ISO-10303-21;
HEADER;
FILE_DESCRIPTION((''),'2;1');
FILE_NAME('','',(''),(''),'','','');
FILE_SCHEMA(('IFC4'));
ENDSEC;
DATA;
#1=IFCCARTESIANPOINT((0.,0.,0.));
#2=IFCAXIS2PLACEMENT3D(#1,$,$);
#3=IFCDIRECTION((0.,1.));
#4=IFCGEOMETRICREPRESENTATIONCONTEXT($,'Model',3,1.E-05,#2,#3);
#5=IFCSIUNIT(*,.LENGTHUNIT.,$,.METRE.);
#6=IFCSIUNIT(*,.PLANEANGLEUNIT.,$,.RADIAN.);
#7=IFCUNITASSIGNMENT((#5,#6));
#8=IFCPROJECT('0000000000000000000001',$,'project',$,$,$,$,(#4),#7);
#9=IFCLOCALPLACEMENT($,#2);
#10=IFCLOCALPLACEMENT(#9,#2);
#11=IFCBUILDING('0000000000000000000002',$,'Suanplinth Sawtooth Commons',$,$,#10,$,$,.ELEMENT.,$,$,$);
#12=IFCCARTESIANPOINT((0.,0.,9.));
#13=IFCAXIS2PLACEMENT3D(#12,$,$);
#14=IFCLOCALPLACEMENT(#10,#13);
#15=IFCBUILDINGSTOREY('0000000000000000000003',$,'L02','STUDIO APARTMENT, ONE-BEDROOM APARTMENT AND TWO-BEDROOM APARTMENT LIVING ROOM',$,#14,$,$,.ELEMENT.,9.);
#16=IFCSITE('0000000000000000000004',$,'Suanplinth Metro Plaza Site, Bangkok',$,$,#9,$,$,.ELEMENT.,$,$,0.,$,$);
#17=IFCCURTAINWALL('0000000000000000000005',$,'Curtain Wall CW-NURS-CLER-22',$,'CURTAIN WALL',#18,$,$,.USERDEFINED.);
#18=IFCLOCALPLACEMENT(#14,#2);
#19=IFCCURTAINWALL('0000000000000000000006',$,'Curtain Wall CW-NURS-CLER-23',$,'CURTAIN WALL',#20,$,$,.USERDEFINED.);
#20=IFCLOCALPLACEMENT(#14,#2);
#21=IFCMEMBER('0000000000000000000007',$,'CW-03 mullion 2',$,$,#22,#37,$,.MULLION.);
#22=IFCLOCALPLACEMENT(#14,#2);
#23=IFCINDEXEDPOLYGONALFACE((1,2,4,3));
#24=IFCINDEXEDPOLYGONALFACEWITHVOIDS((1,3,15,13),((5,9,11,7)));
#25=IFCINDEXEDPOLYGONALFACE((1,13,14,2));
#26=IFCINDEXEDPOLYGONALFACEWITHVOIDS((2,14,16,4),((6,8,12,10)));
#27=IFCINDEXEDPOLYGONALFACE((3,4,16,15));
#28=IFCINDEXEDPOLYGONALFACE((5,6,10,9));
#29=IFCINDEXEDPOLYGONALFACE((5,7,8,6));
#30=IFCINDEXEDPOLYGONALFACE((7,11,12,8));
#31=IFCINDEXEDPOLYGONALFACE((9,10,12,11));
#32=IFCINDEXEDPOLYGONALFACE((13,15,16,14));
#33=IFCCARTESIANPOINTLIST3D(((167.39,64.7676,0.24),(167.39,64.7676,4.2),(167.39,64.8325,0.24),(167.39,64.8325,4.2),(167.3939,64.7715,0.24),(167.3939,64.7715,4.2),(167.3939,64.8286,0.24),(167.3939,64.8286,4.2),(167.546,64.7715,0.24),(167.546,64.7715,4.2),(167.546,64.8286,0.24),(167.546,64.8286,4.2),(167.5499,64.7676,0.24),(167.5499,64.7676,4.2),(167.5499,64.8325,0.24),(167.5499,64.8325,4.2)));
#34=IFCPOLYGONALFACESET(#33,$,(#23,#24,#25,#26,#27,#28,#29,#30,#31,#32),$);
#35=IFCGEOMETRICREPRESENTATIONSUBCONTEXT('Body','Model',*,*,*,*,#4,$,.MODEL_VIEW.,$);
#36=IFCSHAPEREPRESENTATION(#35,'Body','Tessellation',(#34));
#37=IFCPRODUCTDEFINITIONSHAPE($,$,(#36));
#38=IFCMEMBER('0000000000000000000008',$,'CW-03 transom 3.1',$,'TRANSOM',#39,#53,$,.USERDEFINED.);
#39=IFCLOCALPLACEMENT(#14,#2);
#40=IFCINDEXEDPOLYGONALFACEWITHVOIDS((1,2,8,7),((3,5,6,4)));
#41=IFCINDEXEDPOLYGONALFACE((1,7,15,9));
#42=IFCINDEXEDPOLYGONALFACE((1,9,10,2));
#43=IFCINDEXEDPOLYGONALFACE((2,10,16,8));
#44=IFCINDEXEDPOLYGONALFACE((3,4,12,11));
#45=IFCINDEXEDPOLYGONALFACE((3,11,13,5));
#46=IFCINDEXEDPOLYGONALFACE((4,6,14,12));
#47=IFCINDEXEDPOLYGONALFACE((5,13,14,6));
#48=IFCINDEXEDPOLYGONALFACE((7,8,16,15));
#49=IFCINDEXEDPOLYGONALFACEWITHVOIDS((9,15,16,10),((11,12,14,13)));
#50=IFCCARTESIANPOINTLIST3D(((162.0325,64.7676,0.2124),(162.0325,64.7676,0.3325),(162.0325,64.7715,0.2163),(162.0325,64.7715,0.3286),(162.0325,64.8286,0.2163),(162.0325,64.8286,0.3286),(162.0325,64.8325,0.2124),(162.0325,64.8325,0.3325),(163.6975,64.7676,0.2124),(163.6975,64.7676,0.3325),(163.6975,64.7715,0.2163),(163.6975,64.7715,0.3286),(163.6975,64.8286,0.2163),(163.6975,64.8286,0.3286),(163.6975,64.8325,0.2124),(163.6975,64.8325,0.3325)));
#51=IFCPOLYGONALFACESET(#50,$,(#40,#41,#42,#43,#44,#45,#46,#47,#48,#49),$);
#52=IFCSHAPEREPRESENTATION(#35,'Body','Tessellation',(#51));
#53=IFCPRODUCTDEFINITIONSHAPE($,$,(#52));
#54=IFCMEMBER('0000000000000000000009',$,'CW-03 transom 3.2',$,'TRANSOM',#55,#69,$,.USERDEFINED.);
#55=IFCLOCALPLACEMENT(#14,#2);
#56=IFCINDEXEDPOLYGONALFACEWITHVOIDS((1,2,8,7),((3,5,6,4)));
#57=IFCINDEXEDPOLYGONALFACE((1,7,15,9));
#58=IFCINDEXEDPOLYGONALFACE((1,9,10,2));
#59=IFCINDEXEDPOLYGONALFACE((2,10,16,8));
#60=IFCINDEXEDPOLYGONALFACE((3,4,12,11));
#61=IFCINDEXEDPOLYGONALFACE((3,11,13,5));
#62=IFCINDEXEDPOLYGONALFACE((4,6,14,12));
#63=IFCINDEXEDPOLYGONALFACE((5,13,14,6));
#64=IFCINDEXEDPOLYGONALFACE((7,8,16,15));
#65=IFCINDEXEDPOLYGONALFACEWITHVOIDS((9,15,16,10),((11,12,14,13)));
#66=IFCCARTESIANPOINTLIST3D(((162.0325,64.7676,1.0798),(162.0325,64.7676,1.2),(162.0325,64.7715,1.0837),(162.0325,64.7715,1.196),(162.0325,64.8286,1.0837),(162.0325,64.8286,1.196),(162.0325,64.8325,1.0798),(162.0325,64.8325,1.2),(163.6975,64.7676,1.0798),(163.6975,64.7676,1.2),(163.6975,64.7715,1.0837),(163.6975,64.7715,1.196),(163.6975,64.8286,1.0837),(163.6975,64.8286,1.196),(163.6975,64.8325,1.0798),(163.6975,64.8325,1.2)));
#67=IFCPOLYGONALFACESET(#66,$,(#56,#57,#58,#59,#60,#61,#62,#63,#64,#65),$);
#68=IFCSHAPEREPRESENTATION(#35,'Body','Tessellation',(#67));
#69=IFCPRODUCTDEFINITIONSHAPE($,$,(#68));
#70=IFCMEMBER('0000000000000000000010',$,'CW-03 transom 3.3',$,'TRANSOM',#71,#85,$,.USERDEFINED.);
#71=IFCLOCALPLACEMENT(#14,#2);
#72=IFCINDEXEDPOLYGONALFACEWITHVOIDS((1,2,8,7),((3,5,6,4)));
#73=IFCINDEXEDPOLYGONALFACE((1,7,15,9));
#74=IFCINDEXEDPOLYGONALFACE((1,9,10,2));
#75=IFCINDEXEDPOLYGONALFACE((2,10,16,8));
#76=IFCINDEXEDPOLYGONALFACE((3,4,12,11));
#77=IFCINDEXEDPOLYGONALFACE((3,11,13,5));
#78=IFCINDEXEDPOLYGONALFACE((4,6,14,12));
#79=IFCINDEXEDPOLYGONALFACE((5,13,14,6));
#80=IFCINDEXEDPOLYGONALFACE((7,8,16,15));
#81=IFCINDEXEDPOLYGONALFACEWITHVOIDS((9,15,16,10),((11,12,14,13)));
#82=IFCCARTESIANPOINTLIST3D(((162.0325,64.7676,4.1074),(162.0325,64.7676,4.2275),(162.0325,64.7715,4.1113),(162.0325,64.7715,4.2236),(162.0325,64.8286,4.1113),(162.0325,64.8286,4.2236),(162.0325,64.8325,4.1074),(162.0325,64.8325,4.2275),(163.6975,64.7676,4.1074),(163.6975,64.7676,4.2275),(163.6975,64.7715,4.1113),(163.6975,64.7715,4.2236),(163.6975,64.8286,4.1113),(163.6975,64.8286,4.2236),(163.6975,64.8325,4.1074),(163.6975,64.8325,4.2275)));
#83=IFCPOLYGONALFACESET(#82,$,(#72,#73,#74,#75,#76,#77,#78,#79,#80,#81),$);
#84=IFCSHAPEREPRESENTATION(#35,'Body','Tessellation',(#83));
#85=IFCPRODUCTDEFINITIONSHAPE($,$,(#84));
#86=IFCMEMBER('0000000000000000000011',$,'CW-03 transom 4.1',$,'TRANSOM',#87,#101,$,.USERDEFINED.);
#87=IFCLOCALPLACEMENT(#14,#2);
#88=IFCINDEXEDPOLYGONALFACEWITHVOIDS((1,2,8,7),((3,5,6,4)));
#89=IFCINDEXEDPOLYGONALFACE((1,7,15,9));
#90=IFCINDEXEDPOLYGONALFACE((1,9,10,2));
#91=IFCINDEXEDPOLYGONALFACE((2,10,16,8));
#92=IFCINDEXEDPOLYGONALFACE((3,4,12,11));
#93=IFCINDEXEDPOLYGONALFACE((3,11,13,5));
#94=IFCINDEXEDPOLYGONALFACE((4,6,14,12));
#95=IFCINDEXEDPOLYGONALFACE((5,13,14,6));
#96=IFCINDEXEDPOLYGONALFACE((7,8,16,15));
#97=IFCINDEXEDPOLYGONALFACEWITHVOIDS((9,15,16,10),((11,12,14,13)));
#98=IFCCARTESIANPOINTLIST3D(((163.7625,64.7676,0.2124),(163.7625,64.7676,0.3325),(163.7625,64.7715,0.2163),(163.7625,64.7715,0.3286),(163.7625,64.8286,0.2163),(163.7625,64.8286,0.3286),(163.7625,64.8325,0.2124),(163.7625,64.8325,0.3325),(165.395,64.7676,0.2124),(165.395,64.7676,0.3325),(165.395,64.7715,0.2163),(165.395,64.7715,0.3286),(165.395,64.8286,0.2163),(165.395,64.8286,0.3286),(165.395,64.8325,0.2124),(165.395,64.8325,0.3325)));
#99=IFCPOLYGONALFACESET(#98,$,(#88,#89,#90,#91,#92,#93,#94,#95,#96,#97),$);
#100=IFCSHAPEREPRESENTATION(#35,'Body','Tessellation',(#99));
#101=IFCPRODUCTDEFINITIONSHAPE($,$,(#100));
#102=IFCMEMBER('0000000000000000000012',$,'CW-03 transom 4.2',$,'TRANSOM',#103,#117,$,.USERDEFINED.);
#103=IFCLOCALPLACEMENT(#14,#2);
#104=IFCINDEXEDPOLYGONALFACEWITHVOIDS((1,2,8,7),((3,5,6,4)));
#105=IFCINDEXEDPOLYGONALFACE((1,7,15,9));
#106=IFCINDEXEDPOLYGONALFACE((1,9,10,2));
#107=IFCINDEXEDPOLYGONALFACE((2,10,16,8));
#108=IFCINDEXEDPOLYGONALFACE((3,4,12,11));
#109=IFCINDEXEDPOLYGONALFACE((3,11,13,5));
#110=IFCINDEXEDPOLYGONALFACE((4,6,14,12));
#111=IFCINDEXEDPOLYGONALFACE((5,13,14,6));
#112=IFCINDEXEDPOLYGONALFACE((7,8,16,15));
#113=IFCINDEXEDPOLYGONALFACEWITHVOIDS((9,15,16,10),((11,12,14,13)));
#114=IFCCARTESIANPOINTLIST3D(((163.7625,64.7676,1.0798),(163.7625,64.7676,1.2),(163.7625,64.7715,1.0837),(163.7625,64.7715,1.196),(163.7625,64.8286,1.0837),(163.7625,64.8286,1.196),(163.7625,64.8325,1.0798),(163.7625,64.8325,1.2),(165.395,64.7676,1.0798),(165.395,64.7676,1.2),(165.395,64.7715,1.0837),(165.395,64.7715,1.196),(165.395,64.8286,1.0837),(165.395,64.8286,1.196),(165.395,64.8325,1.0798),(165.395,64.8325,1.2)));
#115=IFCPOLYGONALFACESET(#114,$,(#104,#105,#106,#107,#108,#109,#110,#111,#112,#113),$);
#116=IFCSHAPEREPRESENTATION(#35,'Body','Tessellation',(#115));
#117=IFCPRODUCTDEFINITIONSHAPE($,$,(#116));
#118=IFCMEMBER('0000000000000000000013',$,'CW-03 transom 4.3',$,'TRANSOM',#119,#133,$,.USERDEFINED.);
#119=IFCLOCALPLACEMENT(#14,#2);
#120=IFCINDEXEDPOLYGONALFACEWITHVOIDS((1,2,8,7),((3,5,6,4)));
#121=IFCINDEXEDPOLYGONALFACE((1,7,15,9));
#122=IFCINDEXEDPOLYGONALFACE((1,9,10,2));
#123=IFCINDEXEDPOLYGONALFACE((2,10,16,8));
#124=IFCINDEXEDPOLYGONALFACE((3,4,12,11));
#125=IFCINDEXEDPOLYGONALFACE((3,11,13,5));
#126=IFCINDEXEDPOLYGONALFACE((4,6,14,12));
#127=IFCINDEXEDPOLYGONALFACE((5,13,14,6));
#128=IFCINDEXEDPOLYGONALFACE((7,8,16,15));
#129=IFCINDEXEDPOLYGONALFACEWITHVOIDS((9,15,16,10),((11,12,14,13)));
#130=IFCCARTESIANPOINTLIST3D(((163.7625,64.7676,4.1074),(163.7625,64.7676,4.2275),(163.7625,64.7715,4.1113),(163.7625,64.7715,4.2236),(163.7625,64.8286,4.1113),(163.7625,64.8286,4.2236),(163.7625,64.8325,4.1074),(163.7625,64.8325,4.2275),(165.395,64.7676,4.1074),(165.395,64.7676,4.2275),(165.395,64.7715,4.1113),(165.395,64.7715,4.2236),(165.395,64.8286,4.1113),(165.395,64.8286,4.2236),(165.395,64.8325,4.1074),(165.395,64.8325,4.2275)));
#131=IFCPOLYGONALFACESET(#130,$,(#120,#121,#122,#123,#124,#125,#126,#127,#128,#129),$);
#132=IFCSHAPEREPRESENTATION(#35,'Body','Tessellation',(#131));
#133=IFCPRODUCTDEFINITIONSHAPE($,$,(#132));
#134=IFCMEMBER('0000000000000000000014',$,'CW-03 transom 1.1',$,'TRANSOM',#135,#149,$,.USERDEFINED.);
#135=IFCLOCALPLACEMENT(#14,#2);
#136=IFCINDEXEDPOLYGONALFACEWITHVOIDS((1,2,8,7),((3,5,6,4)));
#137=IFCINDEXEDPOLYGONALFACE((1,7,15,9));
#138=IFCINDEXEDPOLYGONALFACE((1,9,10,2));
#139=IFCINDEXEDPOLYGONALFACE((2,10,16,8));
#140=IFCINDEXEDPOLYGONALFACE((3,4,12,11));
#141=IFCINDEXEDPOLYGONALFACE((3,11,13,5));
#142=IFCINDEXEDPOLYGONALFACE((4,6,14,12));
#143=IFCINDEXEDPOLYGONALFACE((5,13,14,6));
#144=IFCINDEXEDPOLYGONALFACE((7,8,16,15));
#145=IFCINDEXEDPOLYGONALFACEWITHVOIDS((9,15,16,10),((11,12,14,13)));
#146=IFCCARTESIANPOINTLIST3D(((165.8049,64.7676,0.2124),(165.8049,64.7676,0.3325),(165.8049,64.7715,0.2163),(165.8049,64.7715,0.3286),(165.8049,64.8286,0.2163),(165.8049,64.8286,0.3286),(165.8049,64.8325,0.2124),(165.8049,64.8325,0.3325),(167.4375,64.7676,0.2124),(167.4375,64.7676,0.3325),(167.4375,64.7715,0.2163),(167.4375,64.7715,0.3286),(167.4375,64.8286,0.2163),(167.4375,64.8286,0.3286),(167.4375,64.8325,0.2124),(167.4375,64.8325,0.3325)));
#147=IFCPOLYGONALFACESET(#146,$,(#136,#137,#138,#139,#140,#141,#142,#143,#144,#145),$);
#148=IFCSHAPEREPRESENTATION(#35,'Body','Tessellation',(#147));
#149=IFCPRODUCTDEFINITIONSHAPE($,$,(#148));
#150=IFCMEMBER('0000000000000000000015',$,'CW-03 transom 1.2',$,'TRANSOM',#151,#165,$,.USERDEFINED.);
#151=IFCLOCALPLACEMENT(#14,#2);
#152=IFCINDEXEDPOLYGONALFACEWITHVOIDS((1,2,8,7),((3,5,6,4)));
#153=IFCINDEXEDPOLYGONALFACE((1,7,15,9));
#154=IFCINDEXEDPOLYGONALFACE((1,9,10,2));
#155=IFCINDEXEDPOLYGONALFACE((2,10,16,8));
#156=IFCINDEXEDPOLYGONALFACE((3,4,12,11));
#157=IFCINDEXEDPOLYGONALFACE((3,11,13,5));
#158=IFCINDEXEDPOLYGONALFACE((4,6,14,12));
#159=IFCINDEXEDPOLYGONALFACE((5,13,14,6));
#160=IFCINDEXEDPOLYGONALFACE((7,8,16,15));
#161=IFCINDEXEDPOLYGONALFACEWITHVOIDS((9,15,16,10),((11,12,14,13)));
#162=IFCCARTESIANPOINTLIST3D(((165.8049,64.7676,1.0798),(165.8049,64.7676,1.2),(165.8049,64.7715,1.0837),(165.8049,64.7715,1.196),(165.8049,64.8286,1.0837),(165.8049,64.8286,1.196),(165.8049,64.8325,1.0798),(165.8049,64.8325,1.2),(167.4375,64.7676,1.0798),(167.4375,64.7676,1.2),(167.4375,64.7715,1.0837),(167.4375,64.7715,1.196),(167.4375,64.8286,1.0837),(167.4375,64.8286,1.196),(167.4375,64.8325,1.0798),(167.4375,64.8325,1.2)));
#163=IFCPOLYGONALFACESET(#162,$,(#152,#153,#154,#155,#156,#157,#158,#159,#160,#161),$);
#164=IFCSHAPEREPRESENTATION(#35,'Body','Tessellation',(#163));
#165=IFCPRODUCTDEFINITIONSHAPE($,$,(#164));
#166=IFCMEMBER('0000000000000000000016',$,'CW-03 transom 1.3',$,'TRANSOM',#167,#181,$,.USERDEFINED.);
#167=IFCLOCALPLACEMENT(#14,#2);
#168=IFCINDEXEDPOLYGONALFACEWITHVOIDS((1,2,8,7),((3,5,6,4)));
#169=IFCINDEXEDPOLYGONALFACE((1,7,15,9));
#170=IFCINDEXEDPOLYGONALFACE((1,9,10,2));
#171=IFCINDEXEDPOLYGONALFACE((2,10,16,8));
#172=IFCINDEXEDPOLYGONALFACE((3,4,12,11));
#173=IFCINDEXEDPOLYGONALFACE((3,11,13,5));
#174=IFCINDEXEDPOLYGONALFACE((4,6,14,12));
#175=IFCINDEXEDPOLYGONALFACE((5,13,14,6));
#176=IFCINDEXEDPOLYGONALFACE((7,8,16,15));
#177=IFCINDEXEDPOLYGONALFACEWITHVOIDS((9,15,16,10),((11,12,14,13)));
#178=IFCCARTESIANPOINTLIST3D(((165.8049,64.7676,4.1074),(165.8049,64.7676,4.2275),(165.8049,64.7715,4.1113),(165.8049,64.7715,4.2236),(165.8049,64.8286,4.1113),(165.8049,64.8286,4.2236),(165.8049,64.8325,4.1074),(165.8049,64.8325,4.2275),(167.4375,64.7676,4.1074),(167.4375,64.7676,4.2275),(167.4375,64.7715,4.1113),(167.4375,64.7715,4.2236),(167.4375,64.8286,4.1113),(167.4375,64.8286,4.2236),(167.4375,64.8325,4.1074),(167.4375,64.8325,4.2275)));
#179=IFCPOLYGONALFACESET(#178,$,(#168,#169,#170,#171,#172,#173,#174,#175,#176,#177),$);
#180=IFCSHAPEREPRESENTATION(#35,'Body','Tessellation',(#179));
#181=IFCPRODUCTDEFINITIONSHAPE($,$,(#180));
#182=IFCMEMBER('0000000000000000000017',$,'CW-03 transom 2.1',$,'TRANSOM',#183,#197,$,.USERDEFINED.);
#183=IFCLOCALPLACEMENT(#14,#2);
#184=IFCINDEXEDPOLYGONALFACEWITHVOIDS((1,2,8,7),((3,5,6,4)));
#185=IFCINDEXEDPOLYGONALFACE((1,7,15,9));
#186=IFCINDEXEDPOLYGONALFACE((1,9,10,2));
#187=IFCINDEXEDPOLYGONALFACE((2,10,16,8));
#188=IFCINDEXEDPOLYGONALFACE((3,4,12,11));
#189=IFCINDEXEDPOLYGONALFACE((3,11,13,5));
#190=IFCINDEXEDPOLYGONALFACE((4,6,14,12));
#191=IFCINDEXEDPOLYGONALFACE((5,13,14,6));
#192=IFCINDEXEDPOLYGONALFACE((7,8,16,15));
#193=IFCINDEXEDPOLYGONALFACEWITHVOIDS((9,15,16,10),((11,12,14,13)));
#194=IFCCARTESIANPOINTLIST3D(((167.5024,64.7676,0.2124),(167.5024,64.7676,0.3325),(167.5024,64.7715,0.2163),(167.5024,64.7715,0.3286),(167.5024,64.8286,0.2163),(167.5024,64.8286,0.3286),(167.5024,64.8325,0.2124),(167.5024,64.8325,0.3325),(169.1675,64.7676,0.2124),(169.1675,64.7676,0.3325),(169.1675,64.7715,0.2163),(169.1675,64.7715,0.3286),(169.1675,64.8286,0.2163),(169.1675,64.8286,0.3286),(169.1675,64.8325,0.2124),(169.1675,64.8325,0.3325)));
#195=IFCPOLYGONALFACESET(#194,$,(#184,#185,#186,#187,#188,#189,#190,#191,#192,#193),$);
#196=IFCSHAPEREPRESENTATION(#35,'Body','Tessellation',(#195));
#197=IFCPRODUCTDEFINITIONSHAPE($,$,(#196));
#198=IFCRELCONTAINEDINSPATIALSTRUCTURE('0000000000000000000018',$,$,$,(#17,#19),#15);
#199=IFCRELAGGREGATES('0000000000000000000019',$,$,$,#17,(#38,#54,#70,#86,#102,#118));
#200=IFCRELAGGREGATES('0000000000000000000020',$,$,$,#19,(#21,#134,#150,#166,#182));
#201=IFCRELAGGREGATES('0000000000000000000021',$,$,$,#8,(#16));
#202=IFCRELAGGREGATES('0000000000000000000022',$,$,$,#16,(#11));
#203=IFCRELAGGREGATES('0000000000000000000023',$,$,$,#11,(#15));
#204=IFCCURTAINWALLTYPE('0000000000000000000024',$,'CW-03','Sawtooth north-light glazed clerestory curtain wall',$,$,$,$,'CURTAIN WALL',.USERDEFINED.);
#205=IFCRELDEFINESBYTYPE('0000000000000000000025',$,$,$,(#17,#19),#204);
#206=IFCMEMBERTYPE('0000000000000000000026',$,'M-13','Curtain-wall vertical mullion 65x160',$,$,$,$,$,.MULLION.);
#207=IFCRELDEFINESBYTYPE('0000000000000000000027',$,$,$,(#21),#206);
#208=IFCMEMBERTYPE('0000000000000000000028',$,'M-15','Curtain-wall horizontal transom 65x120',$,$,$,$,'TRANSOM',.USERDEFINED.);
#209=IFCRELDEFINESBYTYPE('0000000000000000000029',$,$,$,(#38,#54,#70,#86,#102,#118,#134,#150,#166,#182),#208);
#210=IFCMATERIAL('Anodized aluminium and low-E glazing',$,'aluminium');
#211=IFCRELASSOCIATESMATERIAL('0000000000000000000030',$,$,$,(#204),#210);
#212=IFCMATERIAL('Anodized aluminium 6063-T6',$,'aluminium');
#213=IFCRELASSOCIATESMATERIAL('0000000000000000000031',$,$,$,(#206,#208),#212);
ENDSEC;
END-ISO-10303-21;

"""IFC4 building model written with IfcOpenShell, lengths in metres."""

from ifc_helpers import new_model, si_unit, direction, frame, origin, origin_2d, place, context, subcontext, project, spatial, hollow_rectangle, extrude, material, material_profile, profile_set, type_object, element, aggregate, save


model = new_model("IFC4")

# Units and contexts
model_context = context("Model", 3, precision=1e-05, world=origin(), true_north=direction((0.0, 1.0)))
body_context = subcontext(model_context, "Body", "Model", "MODEL_VIEW")
ifc_project = project(units=[si_unit("LENGTHUNIT", "METRE"), si_unit("PLANEANGLEUNIT", "RADIAN")], contexts=[model_context])

# Site, building, storey
site_placement = place(None, origin())
site = spatial("IfcSite", under=ifc_project, at=site_placement, Name="Suanplinth Metro Plaza Site, Bangkok", CompositionType="ELEMENT", RefElevation=0.0)
building_placement = place(site_placement, origin())
building = spatial("IfcBuilding", under=site, at=building_placement, Name="Suanplinth Sawtooth Commons", CompositionType="ELEMENT")
storey_placement = place(building_placement, frame((0.0, 0.0, 9.0)))
storey = spatial("IfcBuildingStorey", under=building, at=storey_placement, Name="L02", Description="STUDIO APARTMENT, ONE-BEDROOM APARTMENT AND TWO-BEDROOM APARTMENT LIVING ROOM", CompositionType="ELEMENT", Elevation=9.0)

# Curtain walls, member
ifc_material_1 = material(Name="Anodized aluminium and low-E glazing", Category="aluminium")
curtain_wall_type = type_object("IfcCurtainWallType", Name="CW-03", Description="Sawtooth north-light glazed clerestory curtain wall", ElementType="CURTAIN WALL", PredefinedType="USERDEFINED", material=ifc_material_1)
curtain_wall_1_placement = place(storey_placement, origin())
curtain_wall_1 = element("IfcCurtainWall", 1, at=curtain_wall_1_placement, inside=storey, type_object=curtain_wall_type, Name="Curtain Wall CW-NURS-CLER-22", ObjectType="CURTAIN WALL", PredefinedType="USERDEFINED")
ifc_material_2 = material(Name="Anodized aluminium 6063-T6", Category="aluminium")
ifc_material_profile_1 = material_profile(ifc_material_2, hollow_rectangle(XDim=0.0649, YDim=0.1599, WallThickness=0.0039, at=origin_2d()), Name="ALU-MUL 65x160")
ifc_profile_set_1 = profile_set([ifc_material_profile_1], Name="Anodized aluminium 6063-T6")
member_type_1 = type_object("IfcMemberType", Name="M-13", Description="Curtain-wall vertical mullion 65x160", PredefinedType="MULLION", material=ifc_profile_set_1)
curtain_wall_2_placement = place(storey_placement, origin())
curtain_wall_2 = element("IfcCurtainWall", 2, at=curtain_wall_2_placement, inside=storey, type_object=curtain_wall_type, Name="Curtain Wall CW-NURS-CLER-23", ObjectType="CURTAIN WALL", PredefinedType="USERDEFINED")
member_1_placement = place(storey_placement, frame((167.47, 64.8, 0.24), z_axis=(0.0, 0.0, 1.0), x_axis=(0.0, 1.0, 0.0)))
member_1 = element("IfcMember", 3, at=member_1_placement, type_object=member_type_1, Name="CW-03 mullion 2", PredefinedType="MULLION", context=body_context, shape_type="SweptSolid", body=[
    extrude(hollow_rectangle(XDim=0.0649, YDim=0.1599, WallThickness=0.0039, at=origin_2d()), origin(), (0.0, 0.0, 1.0), 3.96),
])

# Members
ifc_material_profile_2 = material_profile(ifc_material_2, hollow_rectangle(XDim=0.0649, YDim=0.1201, WallThickness=0.0039, at=origin_2d()), Name="ALU-TRN 65x120")
ifc_profile_set_2 = profile_set([ifc_material_profile_2], Name="Anodized aluminium 6063-T6")
member_type_2 = type_object("IfcMemberType", Name="M-15", Description="Curtain-wall horizontal transom 65x120", ElementType="TRANSOM", PredefinedType="USERDEFINED", material=ifc_profile_set_2)
member_2_placement = place(storey_placement, frame((162.0325, 64.8, 0.2725), z_axis=(1.0, 0.0, 0.0), x_axis=(0.0, 1.0, 0.0)))
member_2 = element("IfcMember", 4, at=member_2_placement, type_object=member_type_2, Name="CW-03 transom 3.1", ObjectType="TRANSOM", PredefinedType="USERDEFINED", context=body_context, shape_type="SweptSolid", body=[
    extrude(hollow_rectangle(XDim=0.0649, YDim=0.1201, WallThickness=0.0039, at=origin_2d()), origin(), (0.0, 0.0, 1.0), 1.665),
])
member_3_placement = place(storey_placement, frame((162.0325, 64.8, 1.1399), z_axis=(1.0, 0.0, 0.0), x_axis=(0.0, 1.0, 0.0)))
member_3 = element("IfcMember", 5, at=member_3_placement, type_object=member_type_2, Name="CW-03 transom 3.2", ObjectType="TRANSOM", PredefinedType="USERDEFINED", context=body_context, shape_type="SweptSolid", body=[
    extrude(hollow_rectangle(XDim=0.0649, YDim=0.1201, WallThickness=0.0039, at=origin_2d()), origin(), (0.0, 0.0, 1.0), 1.665),
])
member_4_placement = place(storey_placement, frame((162.0325, 64.8, 4.1675), z_axis=(1.0, 0.0, 0.0), x_axis=(0.0, 1.0, 0.0)))
member_4 = element("IfcMember", 6, at=member_4_placement, type_object=member_type_2, Name="CW-03 transom 3.3", ObjectType="TRANSOM", PredefinedType="USERDEFINED", context=body_context, shape_type="SweptSolid", body=[
    extrude(hollow_rectangle(XDim=0.0649, YDim=0.1201, WallThickness=0.0039, at=origin_2d()), origin(), (0.0, 0.0, 1.0), 1.665),
])
member_5_placement = place(storey_placement, frame((163.7625, 64.8, 0.2725), z_axis=(1.0, 0.0, 0.0), x_axis=(0.0, 1.0, 0.0)))
member_5 = element("IfcMember", 7, at=member_5_placement, type_object=member_type_2, Name="CW-03 transom 4.1", ObjectType="TRANSOM", PredefinedType="USERDEFINED", context=body_context, shape_type="SweptSolid", body=[
    extrude(hollow_rectangle(XDim=0.0649, YDim=0.1201, WallThickness=0.0039, at=origin_2d()), origin(), (0.0, 0.0, 1.0), 1.6326),
])
member_6_placement = place(storey_placement, frame((163.7625, 64.8, 1.1399), z_axis=(1.0, 0.0, 0.0), x_axis=(0.0, 1.0, 0.0)))
member_6 = element("IfcMember", 8, at=member_6_placement, type_object=member_type_2, Name="CW-03 transom 4.2", ObjectType="TRANSOM", PredefinedType="USERDEFINED", context=body_context, shape_type="SweptSolid", body=[
    extrude(hollow_rectangle(XDim=0.0649, YDim=0.1201, WallThickness=0.0039, at=origin_2d()), origin(), (0.0, 0.0, 1.0), 1.6326),
])
member_7_placement = place(storey_placement, frame((163.7625, 64.8, 4.1675), z_axis=(1.0, 0.0, 0.0), x_axis=(0.0, 1.0, 0.0)))
member_7 = element("IfcMember", 9, at=member_7_placement, type_object=member_type_2, Name="CW-03 transom 4.3", ObjectType="TRANSOM", PredefinedType="USERDEFINED", context=body_context, shape_type="SweptSolid", body=[
    extrude(hollow_rectangle(XDim=0.0649, YDim=0.1201, WallThickness=0.0039, at=origin_2d()), origin(), (0.0, 0.0, 1.0), 1.6326),
])
member_8_placement = place(storey_placement, frame((165.8049, 64.8, 0.2725), z_axis=(1.0, 0.0, 0.0), x_axis=(0.0, 1.0, 0.0)))
member_8 = element("IfcMember", 10, at=member_8_placement, type_object=member_type_2, Name="CW-03 transom 1.1", ObjectType="TRANSOM", PredefinedType="USERDEFINED", context=body_context, shape_type="SweptSolid", body=[
    extrude(hollow_rectangle(XDim=0.0649, YDim=0.1201, WallThickness=0.0039, at=origin_2d()), origin(), (0.0, 0.0, 1.0), 1.6326),
])
member_9_placement = place(storey_placement, frame((165.8049, 64.8, 1.1399), z_axis=(1.0, 0.0, 0.0), x_axis=(0.0, 1.0, 0.0)))
member_9 = element("IfcMember", 11, at=member_9_placement, type_object=member_type_2, Name="CW-03 transom 1.2", ObjectType="TRANSOM", PredefinedType="USERDEFINED", context=body_context, shape_type="SweptSolid", body=[
    extrude(hollow_rectangle(XDim=0.0649, YDim=0.1201, WallThickness=0.0039, at=origin_2d()), origin(), (0.0, 0.0, 1.0), 1.6326),
])
member_10_placement = place(storey_placement, frame((165.8049, 64.8, 4.1675), z_axis=(1.0, 0.0, 0.0), x_axis=(0.0, 1.0, 0.0)))
member_10 = element("IfcMember", 12, at=member_10_placement, type_object=member_type_2, Name="CW-03 transom 1.3", ObjectType="TRANSOM", PredefinedType="USERDEFINED", context=body_context, shape_type="SweptSolid", body=[
    extrude(hollow_rectangle(XDim=0.0649, YDim=0.1201, WallThickness=0.0039, at=origin_2d()), origin(), (0.0, 0.0, 1.0), 1.6326),
])
member_11_placement = place(storey_placement, frame((167.5024, 64.8, 0.2725), z_axis=(1.0, 0.0, 0.0), x_axis=(0.0, 1.0, 0.0)))
member_11 = element("IfcMember", 13, at=member_11_placement, type_object=member_type_2, Name="CW-03 transom 2.1", ObjectType="TRANSOM", PredefinedType="USERDEFINED", context=body_context, shape_type="SweptSolid", body=[
    extrude(hollow_rectangle(XDim=0.0649, YDim=0.1201, WallThickness=0.0039, at=origin_2d()), origin(), (0.0, 0.0, 1.0), 1.665),
])

aggregate(curtain_wall_1, [member_2, member_3, member_4, member_5, member_6, member_7])
aggregate(curtain_wall_2, [member_1, member_8, member_9, member_10, member_11])

save(model, "model.ifc")
